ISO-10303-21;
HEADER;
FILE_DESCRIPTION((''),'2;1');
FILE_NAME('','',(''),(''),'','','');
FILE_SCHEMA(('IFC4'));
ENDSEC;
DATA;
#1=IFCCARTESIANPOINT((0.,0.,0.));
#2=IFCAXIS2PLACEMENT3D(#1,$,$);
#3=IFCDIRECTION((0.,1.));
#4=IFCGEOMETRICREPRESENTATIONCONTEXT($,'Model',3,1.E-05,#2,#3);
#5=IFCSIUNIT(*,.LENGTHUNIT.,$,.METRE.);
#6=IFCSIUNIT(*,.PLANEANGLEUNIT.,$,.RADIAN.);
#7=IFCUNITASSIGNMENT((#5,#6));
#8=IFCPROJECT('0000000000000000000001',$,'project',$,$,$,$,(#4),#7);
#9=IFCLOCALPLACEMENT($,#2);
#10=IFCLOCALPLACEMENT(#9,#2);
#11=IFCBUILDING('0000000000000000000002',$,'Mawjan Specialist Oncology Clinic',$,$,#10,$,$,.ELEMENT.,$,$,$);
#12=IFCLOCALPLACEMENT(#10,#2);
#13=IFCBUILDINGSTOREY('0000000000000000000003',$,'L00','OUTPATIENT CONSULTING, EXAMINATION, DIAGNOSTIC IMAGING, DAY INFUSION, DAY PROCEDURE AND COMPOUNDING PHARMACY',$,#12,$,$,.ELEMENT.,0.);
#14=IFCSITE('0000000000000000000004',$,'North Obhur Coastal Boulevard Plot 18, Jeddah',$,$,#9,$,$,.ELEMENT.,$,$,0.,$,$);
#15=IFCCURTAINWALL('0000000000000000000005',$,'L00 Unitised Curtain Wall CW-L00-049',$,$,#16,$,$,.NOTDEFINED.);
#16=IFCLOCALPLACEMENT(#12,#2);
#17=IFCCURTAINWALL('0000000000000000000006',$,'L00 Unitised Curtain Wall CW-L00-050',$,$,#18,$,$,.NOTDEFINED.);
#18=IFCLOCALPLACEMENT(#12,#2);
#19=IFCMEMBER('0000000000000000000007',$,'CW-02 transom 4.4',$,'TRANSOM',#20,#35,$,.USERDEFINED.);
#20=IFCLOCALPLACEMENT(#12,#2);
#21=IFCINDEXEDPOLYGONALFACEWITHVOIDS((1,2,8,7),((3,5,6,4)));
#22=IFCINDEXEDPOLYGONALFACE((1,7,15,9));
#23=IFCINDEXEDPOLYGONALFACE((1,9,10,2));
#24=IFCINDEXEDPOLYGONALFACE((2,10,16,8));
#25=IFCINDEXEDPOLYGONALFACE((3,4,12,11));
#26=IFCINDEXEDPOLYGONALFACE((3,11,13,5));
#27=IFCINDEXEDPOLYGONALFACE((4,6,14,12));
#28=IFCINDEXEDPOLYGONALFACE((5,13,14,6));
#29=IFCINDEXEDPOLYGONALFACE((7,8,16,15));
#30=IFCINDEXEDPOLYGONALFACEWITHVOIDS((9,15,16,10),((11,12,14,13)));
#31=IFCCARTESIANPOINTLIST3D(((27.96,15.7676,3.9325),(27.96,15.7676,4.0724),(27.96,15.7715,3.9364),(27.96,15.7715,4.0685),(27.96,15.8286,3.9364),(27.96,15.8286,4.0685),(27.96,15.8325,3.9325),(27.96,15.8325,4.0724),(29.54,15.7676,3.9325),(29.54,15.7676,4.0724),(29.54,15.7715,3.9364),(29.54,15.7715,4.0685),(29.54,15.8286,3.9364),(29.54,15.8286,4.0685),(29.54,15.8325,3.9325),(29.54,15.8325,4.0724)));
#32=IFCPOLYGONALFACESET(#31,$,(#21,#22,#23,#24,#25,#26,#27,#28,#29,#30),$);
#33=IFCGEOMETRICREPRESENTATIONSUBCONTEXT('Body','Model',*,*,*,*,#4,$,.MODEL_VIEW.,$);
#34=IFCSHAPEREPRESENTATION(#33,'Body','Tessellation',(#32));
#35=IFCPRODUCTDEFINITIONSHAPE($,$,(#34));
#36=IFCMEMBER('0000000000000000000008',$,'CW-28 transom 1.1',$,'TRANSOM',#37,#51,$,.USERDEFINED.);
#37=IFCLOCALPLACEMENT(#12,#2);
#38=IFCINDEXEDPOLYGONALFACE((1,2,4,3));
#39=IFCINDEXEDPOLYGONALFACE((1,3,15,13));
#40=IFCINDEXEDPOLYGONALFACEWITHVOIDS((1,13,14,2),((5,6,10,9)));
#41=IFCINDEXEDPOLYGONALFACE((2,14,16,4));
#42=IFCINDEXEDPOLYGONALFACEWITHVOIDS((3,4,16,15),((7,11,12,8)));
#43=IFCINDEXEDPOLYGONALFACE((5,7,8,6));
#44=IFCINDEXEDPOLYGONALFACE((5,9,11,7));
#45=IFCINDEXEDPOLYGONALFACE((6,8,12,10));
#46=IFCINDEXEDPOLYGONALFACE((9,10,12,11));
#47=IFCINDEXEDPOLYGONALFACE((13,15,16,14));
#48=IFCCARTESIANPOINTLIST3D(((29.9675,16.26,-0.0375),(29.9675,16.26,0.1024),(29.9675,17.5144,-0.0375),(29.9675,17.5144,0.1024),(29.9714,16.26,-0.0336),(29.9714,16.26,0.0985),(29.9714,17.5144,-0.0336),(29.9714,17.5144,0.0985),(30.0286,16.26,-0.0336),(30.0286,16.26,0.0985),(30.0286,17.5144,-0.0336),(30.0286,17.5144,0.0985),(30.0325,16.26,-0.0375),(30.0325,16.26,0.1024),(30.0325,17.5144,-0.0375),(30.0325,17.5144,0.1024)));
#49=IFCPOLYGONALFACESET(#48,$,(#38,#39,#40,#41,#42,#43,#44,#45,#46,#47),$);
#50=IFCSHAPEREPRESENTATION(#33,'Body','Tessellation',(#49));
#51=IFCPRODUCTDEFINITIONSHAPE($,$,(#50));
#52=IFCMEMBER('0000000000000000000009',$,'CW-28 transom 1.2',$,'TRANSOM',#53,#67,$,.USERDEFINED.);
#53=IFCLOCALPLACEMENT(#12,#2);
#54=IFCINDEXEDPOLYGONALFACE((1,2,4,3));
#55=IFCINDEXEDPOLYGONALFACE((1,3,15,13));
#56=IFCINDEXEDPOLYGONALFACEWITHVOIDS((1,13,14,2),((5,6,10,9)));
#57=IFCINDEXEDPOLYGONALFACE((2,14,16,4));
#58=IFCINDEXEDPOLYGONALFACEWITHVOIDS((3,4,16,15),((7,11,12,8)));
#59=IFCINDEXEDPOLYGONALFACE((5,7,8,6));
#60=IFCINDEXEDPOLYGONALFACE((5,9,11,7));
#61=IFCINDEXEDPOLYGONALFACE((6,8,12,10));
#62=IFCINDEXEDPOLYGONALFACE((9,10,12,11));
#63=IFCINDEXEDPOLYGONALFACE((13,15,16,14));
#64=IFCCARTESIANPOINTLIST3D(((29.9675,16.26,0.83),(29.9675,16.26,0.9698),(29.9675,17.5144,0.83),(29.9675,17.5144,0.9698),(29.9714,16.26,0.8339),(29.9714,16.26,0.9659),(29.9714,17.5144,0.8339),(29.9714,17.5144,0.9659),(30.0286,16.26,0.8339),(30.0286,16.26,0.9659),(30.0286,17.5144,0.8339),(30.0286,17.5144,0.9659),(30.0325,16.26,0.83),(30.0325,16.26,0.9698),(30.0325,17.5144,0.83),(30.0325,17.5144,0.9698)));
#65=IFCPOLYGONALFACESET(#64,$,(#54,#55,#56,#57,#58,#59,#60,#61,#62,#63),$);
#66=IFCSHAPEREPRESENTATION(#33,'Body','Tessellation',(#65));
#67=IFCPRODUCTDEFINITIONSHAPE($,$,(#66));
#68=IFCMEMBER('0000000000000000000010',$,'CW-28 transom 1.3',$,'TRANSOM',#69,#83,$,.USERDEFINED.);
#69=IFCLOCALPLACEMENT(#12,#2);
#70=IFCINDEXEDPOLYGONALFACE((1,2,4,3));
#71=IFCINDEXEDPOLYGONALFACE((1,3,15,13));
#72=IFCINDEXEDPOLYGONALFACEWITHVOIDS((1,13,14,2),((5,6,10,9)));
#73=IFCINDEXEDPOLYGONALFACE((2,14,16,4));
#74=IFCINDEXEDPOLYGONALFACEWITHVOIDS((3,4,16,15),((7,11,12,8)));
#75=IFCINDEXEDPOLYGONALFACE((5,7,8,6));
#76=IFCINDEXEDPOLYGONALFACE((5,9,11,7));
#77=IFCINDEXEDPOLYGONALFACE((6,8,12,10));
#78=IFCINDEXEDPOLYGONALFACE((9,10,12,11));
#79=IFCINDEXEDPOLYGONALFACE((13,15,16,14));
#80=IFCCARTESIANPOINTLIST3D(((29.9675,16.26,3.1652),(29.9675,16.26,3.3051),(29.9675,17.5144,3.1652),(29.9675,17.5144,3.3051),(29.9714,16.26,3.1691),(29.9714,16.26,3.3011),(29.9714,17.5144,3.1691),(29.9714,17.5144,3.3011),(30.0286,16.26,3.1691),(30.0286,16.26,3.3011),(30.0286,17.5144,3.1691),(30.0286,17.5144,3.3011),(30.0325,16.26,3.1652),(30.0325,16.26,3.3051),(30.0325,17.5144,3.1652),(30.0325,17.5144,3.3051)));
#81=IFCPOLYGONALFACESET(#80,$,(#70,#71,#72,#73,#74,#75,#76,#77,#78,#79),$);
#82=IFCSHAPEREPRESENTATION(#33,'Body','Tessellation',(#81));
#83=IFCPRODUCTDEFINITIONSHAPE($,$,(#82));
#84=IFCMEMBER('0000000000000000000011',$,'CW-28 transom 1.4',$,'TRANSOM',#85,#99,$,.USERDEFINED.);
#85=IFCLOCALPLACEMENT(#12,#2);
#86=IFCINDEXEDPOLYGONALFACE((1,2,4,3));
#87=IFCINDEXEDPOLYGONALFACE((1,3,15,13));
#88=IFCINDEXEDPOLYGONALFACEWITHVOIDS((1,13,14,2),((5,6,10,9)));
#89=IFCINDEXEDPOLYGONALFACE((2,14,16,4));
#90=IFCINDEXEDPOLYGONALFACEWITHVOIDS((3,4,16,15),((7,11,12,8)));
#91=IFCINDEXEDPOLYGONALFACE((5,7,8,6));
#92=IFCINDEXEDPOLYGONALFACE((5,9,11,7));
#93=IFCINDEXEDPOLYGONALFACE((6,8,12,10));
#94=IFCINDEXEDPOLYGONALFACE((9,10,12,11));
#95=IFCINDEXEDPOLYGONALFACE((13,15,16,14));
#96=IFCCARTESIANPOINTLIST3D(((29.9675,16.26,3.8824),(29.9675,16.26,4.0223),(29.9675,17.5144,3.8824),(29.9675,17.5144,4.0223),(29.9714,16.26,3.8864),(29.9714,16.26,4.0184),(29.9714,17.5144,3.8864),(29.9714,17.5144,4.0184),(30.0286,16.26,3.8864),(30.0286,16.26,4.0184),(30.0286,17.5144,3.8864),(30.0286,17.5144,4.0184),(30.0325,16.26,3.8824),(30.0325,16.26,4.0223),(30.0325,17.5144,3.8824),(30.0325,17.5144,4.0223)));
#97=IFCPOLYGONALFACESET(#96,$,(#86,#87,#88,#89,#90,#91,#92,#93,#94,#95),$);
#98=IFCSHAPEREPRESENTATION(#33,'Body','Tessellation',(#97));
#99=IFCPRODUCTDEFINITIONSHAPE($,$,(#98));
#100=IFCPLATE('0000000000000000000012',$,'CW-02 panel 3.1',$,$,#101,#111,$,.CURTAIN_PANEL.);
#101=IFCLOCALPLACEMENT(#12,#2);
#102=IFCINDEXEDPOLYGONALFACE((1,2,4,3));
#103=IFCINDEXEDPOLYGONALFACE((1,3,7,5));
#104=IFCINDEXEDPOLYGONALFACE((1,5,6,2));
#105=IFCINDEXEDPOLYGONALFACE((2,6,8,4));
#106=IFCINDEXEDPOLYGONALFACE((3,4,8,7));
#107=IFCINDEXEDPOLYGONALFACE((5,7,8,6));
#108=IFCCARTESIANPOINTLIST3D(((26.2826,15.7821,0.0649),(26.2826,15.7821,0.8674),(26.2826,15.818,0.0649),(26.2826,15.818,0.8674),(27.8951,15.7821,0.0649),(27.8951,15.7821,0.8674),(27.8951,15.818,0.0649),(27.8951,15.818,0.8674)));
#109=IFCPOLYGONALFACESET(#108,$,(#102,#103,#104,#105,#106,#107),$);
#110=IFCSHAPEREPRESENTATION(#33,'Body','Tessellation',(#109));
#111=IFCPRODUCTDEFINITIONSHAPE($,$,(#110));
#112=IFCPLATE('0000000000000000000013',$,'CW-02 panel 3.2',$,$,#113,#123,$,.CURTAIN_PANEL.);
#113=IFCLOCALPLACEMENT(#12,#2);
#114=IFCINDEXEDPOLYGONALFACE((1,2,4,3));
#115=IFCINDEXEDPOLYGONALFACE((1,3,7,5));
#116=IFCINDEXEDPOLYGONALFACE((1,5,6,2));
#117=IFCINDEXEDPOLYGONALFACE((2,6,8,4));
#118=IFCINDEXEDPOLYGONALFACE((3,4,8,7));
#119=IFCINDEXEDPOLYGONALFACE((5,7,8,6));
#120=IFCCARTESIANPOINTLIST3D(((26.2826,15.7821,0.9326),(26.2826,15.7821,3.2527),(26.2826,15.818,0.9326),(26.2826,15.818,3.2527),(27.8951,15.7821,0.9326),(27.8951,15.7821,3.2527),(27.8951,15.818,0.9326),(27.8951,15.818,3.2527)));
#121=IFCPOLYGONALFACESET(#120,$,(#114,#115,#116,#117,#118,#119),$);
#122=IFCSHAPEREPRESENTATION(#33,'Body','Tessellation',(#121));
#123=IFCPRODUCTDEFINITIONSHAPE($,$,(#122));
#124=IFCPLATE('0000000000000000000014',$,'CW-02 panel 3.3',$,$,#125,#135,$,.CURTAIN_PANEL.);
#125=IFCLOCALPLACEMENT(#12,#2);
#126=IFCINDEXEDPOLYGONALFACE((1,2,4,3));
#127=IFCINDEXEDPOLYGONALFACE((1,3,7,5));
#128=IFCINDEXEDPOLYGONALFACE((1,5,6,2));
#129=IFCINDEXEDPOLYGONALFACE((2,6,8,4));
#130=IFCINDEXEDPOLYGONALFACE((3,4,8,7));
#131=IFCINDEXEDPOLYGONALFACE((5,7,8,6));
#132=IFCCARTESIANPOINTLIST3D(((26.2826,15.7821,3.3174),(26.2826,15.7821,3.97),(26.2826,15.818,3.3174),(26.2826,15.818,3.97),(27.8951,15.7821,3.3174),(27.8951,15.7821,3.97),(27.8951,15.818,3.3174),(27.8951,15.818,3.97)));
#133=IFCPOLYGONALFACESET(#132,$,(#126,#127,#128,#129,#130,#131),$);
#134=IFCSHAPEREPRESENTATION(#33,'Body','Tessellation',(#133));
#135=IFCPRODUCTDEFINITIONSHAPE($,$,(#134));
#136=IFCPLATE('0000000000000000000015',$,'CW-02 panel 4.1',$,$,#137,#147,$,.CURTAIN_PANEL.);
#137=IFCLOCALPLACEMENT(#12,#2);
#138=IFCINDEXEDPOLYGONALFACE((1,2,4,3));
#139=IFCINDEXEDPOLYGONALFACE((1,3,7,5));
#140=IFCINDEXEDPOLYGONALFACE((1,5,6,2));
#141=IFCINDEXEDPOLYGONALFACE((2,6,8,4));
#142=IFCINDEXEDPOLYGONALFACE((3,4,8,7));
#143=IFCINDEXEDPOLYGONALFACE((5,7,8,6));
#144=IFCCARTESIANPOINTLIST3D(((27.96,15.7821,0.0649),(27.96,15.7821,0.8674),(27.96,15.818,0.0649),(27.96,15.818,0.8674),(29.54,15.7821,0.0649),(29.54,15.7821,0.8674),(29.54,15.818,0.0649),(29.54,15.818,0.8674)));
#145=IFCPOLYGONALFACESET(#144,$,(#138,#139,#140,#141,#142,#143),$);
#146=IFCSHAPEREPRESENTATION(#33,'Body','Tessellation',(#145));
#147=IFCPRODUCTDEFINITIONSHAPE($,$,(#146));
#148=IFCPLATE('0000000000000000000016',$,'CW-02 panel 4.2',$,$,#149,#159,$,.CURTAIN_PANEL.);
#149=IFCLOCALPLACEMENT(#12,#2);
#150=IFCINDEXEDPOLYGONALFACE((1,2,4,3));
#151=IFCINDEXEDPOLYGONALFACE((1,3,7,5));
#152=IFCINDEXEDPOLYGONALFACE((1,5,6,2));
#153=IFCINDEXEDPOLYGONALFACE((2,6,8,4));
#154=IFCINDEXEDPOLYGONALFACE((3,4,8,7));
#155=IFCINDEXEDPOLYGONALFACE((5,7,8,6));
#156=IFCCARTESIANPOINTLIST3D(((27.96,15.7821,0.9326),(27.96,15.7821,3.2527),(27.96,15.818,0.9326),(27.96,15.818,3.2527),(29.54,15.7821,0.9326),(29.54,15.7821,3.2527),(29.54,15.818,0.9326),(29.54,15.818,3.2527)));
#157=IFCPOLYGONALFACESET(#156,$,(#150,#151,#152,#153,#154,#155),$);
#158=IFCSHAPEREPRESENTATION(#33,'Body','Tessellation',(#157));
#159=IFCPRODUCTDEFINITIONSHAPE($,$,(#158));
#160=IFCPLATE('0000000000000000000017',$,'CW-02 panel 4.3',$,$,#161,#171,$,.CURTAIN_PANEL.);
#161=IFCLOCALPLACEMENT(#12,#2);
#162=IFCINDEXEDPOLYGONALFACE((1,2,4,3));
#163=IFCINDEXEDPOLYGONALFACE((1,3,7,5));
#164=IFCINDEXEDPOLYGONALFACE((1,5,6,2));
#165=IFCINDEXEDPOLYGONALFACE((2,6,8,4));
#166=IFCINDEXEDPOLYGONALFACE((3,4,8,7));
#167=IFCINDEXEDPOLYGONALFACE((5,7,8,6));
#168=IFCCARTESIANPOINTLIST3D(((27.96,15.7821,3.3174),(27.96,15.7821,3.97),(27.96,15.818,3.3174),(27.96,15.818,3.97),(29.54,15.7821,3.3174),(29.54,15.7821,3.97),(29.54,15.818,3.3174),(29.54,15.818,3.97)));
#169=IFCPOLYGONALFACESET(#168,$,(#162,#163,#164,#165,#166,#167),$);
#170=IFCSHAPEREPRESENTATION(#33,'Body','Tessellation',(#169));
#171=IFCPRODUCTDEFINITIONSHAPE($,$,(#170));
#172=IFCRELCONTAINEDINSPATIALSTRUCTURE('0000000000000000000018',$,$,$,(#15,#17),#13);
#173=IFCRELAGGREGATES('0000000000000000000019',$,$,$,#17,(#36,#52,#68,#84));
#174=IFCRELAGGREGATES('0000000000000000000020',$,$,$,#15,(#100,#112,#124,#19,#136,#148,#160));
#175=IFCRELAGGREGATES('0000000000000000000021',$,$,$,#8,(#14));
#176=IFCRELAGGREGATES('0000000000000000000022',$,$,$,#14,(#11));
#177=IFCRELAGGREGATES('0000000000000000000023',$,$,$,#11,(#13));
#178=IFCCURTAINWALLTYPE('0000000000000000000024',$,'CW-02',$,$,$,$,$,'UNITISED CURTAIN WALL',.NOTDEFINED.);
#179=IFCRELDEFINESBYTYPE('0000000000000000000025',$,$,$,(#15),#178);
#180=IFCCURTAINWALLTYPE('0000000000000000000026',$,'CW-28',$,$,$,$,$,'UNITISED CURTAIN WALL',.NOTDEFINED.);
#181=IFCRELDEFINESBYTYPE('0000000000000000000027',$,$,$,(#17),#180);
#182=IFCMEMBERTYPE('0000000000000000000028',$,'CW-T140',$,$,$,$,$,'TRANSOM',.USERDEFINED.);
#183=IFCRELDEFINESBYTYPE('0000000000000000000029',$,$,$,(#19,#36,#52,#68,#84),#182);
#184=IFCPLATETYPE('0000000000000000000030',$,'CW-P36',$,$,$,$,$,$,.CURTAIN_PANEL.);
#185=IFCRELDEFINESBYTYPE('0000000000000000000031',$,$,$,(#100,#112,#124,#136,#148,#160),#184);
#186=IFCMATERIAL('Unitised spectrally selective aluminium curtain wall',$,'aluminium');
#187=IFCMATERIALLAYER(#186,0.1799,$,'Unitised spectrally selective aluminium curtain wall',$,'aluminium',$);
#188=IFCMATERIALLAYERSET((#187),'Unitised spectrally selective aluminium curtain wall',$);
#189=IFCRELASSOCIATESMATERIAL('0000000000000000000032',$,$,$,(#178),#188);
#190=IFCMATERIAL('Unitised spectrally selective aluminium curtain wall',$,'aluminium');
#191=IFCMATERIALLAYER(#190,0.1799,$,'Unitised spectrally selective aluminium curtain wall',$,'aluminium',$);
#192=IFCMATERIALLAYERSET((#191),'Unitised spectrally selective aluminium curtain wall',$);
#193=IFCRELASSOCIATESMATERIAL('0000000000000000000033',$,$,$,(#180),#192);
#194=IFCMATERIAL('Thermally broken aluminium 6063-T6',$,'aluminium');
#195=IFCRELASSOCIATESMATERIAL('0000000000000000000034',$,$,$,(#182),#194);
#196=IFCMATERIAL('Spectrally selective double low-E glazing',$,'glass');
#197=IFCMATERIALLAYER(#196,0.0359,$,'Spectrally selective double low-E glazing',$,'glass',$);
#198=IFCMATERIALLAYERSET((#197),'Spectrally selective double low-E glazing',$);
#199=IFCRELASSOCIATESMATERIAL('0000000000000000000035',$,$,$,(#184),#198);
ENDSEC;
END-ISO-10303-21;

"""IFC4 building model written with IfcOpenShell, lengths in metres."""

from ifc_helpers import new_model, si_unit, direction, frame, origin, origin_2d, place, context, subcontext, project, spatial, rectangle, hollow_rectangle, extrude, material, layer, layer_set, material_profile, profile_set, type_object, element, aggregate, save


model = new_model("IFC4")

# Units and contexts
model_context = context("Model", 3, precision=1e-05, world=origin(), true_north=direction((0.0, 1.0)))
body_context = subcontext(model_context, "Body", "Model", "MODEL_VIEW")
ifc_project = project(units=[si_unit("LENGTHUNIT", "METRE"), si_unit("PLANEANGLEUNIT", "RADIAN")], contexts=[model_context])

# Site, building, storey
site_placement = place(None, origin())
site = spatial("IfcSite", under=ifc_project, at=site_placement, Name="North Obhur Coastal Boulevard Plot 18, Jeddah", CompositionType="ELEMENT", RefElevation=0.0)
building_placement = place(site_placement, origin())
building = spatial("IfcBuilding", under=site, at=building_placement, Name="Mawjan Specialist Oncology Clinic", CompositionType="ELEMENT")
storey_placement = place(building_placement, origin())
storey = spatial("IfcBuildingStorey", under=building, at=storey_placement, Name="L00", Description="OUTPATIENT CONSULTING, EXAMINATION, DIAGNOSTIC IMAGING, DAY INFUSION, DAY PROCEDURE AND COMPOUNDING PHARMACY", CompositionType="ELEMENT", Elevation=0.0)

# Curtain wall
ifc_material_1 = material(Name="Unitised spectrally selective aluminium curtain wall", Category="aluminium")
ifc_layer_1 = layer(ifc_material_1, 0.1799, Name="Unitised spectrally selective aluminium curtain wall", Category="aluminium")
ifc_layer_set_1 = layer_set([ifc_layer_1], Name="Unitised spectrally selective aluminium curtain wall")
curtain_wall_type_1 = type_object("IfcCurtainWallType", Name="CW-02", ElementType="UNITISED CURTAIN WALL", PredefinedType="NOTDEFINED", material=ifc_layer_set_1)
curtain_wall_1_placement = place(storey_placement, origin())
curtain_wall_1 = element("IfcCurtainWall", 1, at=curtain_wall_1_placement, inside=storey, type_object=curtain_wall_type_1, Name="L00 Unitised Curtain Wall CW-L00-049", PredefinedType="NOTDEFINED")

# Curtain wall
ifc_material_2 = material(Name="Unitised spectrally selective aluminium curtain wall", Category="aluminium")
ifc_layer_2 = layer(ifc_material_2, 0.1799, Name="Unitised spectrally selective aluminium curtain wall", Category="aluminium")
ifc_layer_set_2 = layer_set([ifc_layer_2], Name="Unitised spectrally selective aluminium curtain wall")
curtain_wall_type_2 = type_object("IfcCurtainWallType", Name="CW-28", ElementType="UNITISED CURTAIN WALL", PredefinedType="NOTDEFINED", material=ifc_layer_set_2)
curtain_wall_2_placement = place(storey_placement, origin())
curtain_wall_2 = element("IfcCurtainWall", 2, at=curtain_wall_2_placement, inside=storey, type_object=curtain_wall_type_2, Name="L00 Unitised Curtain Wall CW-L00-050", PredefinedType="NOTDEFINED")

# Members
ifc_material_3 = material(Name="Thermally broken aluminium 6063-T6", Category="aluminium")
ifc_material_profile_1 = material_profile(ifc_material_3, hollow_rectangle(XDim=0.0649, YDim=0.1399, WallThickness=0.0039, at=origin_2d()), Name="ALU TRANSOM 140x65x4", Category="aluminium")
ifc_profile_set_1 = profile_set([ifc_material_profile_1], Name="Thermally broken aluminium 6063-T6")
member_type_1 = type_object("IfcMemberType", Name="CW-T140", ElementType="TRANSOM", PredefinedType="USERDEFINED", material=ifc_profile_set_1)
member_1_placement = place(storey_placement, frame((27.96, 15.8, 4.0024), z_axis=(1.0, 0.0, 0.0), x_axis=(0.0, 1.0, 0.0)))
member_1 = element("IfcMember", 3, at=member_1_placement, type_object=member_type_1, Name="CW-02 transom 4.4", ObjectType="TRANSOM", PredefinedType="USERDEFINED", context=body_context, shape_type="SweptSolid", body=[
    extrude(hollow_rectangle(XDim=0.0649, YDim=0.1399, WallThickness=0.0039, at=origin_2d()), origin(), (0.0, 0.0, 1.0), 1.5801),
])
member_2_placement = place(storey_placement, frame((30.0, 16.26, 0.0325), z_axis=(0.0, 1.0, 0.0), x_axis=(-1.0, 0.0, 0.0)))
member_2 = element("IfcMember", 4, at=member_2_placement, type_object=member_type_1, Name="CW-28 transom 1.1", ObjectType="TRANSOM", PredefinedType="USERDEFINED", context=body_context, shape_type="SweptSolid", body=[
    extrude(hollow_rectangle(XDim=0.0649, YDim=0.1399, WallThickness=0.0039, at=origin_2d()), origin(), (0.0, 0.0, 1.0), 1.2544),
])
member_3_placement = place(storey_placement, frame((30.0, 16.26, 0.8999), z_axis=(0.0, 1.0, 0.0), x_axis=(-1.0, 0.0, 0.0)))
member_3 = element("IfcMember", 5, at=member_3_placement, type_object=member_type_1, Name="CW-28 transom 1.2", ObjectType="TRANSOM", PredefinedType="USERDEFINED", context=body_context, shape_type="SweptSolid", body=[
    extrude(hollow_rectangle(XDim=0.0649, YDim=0.1399, WallThickness=0.0039, at=origin_2d()), origin(), (0.0, 0.0, 1.0), 1.2544),
])
member_4_placement = place(storey_placement, frame((30.0, 16.26, 3.2351), z_axis=(0.0, 1.0, 0.0), x_axis=(-1.0, 0.0, 0.0)))
member_4 = element("IfcMember", 6, at=member_4_placement, type_object=member_type_1, Name="CW-28 transom 1.3", ObjectType="TRANSOM", PredefinedType="USERDEFINED", context=body_context, shape_type="SweptSolid", body=[
    extrude(hollow_rectangle(XDim=0.0649, YDim=0.1399, WallThickness=0.0039, at=origin_2d()), origin(), (0.0, 0.0, 1.0), 1.2544),
])
member_5_placement = place(storey_placement, frame((30.0, 16.26, 3.9524), z_axis=(0.0, 1.0, 0.0), x_axis=(-1.0, 0.0, 0.0)))
member_5 = element("IfcMember", 7, at=member_5_placement, type_object=member_type_1, Name="CW-28 transom 1.4", ObjectType="TRANSOM", PredefinedType="USERDEFINED", context=body_context, shape_type="SweptSolid", body=[
    extrude(hollow_rectangle(XDim=0.0649, YDim=0.1399, WallThickness=0.0039, at=origin_2d()), origin(), (0.0, 0.0, 1.0), 1.2544),
])
aggregate(curtain_wall_2, [member_2, member_3, member_4, member_5])

# Plates
ifc_material_4 = material(Name="Spectrally selective double low-E glazing", Category="glass")
ifc_layer_3 = layer(ifc_material_4, 0.0359, Name="Spectrally selective double low-E glazing", Category="glass")
ifc_layer_set_3 = layer_set([ifc_layer_3], Name="Spectrally selective double low-E glazing")
plate_type = type_object("IfcPlateType", Name="CW-P36", PredefinedType="CURTAIN_PANEL", material=ifc_layer_set_3)
plate_1_placement = place(storey_placement, frame((27.0889, 15.8, 0.0649), z_axis=(0.0, 0.0, 1.0), x_axis=(1.0, 0.0, 0.0)))
plate_1 = element("IfcPlate", 8, at=plate_1_placement, type_object=plate_type, Name="CW-02 panel 3.1", PredefinedType="CURTAIN_PANEL", context=body_context, shape_type="SweptSolid", body=[
    extrude(rectangle(XDim=1.6125, YDim=0.0359, at=origin_2d()), origin(), (0.0, 0.0, 1.0), 0.8025),
])
plate_2_placement = place(storey_placement, frame((27.0889, 15.8, 0.9326), z_axis=(0.0, 0.0, 1.0), x_axis=(1.0, 0.0, 0.0)))
plate_2 = element("IfcPlate", 9, at=plate_2_placement, type_object=plate_type, Name="CW-02 panel 3.2", PredefinedType="CURTAIN_PANEL", context=body_context, shape_type="SweptSolid", body=[
    extrude(rectangle(XDim=1.6125, YDim=0.0359, at=origin_2d()), origin(), (0.0, 0.0, 1.0), 2.3201),
])
plate_3_placement = place(storey_placement, frame((27.0889, 15.8, 3.3174), z_axis=(0.0, 0.0, 1.0), x_axis=(1.0, 0.0, 0.0)))
plate_3 = element("IfcPlate", 10, at=plate_3_placement, type_object=plate_type, Name="CW-02 panel 3.3", PredefinedType="CURTAIN_PANEL", context=body_context, shape_type="SweptSolid", body=[
    extrude(rectangle(XDim=1.6125, YDim=0.0359, at=origin_2d()), origin(), (0.0, 0.0, 1.0), 0.6526),
])
plate_4_placement = place(storey_placement, frame((28.75, 15.8, 0.0649), z_axis=(0.0, 0.0, 1.0), x_axis=(1.0, 0.0, 0.0)))
plate_4 = element("IfcPlate", 11, at=plate_4_placement, type_object=plate_type, Name="CW-02 panel 4.1", PredefinedType="CURTAIN_PANEL", context=body_context, shape_type="SweptSolid", body=[
    extrude(rectangle(XDim=1.5801, YDim=0.0359, at=origin_2d()), origin(), (0.0, 0.0, 1.0), 0.8025),
])
plate_5_placement = place(storey_placement, frame((28.75, 15.8, 0.9326), z_axis=(0.0, 0.0, 1.0), x_axis=(1.0, 0.0, 0.0)))
plate_5 = element("IfcPlate", 12, at=plate_5_placement, type_object=plate_type, Name="CW-02 panel 4.2", PredefinedType="CURTAIN_PANEL", context=body_context, shape_type="SweptSolid", body=[
    extrude(rectangle(XDim=1.5801, YDim=0.0359, at=origin_2d()), origin(), (0.0, 0.0, 1.0), 2.3201),
])
plate_6_placement = place(storey_placement, frame((28.75, 15.8, 3.3174), z_axis=(0.0, 0.0, 1.0), x_axis=(1.0, 0.0, 0.0)))
plate_6 = element("IfcPlate", 13, at=plate_6_placement, type_object=plate_type, Name="CW-02 panel 4.3", PredefinedType="CURTAIN_PANEL", context=body_context, shape_type="SweptSolid", body=[
    extrude(rectangle(XDim=1.5801, YDim=0.0359, at=origin_2d()), origin(), (0.0, 0.0, 1.0), 0.6526),
])
aggregate(curtain_wall_1, [plate_1, plate_2, plate_3, member_1, plate_4, plate_5, plate_6])

save(model, "model.ifc")
